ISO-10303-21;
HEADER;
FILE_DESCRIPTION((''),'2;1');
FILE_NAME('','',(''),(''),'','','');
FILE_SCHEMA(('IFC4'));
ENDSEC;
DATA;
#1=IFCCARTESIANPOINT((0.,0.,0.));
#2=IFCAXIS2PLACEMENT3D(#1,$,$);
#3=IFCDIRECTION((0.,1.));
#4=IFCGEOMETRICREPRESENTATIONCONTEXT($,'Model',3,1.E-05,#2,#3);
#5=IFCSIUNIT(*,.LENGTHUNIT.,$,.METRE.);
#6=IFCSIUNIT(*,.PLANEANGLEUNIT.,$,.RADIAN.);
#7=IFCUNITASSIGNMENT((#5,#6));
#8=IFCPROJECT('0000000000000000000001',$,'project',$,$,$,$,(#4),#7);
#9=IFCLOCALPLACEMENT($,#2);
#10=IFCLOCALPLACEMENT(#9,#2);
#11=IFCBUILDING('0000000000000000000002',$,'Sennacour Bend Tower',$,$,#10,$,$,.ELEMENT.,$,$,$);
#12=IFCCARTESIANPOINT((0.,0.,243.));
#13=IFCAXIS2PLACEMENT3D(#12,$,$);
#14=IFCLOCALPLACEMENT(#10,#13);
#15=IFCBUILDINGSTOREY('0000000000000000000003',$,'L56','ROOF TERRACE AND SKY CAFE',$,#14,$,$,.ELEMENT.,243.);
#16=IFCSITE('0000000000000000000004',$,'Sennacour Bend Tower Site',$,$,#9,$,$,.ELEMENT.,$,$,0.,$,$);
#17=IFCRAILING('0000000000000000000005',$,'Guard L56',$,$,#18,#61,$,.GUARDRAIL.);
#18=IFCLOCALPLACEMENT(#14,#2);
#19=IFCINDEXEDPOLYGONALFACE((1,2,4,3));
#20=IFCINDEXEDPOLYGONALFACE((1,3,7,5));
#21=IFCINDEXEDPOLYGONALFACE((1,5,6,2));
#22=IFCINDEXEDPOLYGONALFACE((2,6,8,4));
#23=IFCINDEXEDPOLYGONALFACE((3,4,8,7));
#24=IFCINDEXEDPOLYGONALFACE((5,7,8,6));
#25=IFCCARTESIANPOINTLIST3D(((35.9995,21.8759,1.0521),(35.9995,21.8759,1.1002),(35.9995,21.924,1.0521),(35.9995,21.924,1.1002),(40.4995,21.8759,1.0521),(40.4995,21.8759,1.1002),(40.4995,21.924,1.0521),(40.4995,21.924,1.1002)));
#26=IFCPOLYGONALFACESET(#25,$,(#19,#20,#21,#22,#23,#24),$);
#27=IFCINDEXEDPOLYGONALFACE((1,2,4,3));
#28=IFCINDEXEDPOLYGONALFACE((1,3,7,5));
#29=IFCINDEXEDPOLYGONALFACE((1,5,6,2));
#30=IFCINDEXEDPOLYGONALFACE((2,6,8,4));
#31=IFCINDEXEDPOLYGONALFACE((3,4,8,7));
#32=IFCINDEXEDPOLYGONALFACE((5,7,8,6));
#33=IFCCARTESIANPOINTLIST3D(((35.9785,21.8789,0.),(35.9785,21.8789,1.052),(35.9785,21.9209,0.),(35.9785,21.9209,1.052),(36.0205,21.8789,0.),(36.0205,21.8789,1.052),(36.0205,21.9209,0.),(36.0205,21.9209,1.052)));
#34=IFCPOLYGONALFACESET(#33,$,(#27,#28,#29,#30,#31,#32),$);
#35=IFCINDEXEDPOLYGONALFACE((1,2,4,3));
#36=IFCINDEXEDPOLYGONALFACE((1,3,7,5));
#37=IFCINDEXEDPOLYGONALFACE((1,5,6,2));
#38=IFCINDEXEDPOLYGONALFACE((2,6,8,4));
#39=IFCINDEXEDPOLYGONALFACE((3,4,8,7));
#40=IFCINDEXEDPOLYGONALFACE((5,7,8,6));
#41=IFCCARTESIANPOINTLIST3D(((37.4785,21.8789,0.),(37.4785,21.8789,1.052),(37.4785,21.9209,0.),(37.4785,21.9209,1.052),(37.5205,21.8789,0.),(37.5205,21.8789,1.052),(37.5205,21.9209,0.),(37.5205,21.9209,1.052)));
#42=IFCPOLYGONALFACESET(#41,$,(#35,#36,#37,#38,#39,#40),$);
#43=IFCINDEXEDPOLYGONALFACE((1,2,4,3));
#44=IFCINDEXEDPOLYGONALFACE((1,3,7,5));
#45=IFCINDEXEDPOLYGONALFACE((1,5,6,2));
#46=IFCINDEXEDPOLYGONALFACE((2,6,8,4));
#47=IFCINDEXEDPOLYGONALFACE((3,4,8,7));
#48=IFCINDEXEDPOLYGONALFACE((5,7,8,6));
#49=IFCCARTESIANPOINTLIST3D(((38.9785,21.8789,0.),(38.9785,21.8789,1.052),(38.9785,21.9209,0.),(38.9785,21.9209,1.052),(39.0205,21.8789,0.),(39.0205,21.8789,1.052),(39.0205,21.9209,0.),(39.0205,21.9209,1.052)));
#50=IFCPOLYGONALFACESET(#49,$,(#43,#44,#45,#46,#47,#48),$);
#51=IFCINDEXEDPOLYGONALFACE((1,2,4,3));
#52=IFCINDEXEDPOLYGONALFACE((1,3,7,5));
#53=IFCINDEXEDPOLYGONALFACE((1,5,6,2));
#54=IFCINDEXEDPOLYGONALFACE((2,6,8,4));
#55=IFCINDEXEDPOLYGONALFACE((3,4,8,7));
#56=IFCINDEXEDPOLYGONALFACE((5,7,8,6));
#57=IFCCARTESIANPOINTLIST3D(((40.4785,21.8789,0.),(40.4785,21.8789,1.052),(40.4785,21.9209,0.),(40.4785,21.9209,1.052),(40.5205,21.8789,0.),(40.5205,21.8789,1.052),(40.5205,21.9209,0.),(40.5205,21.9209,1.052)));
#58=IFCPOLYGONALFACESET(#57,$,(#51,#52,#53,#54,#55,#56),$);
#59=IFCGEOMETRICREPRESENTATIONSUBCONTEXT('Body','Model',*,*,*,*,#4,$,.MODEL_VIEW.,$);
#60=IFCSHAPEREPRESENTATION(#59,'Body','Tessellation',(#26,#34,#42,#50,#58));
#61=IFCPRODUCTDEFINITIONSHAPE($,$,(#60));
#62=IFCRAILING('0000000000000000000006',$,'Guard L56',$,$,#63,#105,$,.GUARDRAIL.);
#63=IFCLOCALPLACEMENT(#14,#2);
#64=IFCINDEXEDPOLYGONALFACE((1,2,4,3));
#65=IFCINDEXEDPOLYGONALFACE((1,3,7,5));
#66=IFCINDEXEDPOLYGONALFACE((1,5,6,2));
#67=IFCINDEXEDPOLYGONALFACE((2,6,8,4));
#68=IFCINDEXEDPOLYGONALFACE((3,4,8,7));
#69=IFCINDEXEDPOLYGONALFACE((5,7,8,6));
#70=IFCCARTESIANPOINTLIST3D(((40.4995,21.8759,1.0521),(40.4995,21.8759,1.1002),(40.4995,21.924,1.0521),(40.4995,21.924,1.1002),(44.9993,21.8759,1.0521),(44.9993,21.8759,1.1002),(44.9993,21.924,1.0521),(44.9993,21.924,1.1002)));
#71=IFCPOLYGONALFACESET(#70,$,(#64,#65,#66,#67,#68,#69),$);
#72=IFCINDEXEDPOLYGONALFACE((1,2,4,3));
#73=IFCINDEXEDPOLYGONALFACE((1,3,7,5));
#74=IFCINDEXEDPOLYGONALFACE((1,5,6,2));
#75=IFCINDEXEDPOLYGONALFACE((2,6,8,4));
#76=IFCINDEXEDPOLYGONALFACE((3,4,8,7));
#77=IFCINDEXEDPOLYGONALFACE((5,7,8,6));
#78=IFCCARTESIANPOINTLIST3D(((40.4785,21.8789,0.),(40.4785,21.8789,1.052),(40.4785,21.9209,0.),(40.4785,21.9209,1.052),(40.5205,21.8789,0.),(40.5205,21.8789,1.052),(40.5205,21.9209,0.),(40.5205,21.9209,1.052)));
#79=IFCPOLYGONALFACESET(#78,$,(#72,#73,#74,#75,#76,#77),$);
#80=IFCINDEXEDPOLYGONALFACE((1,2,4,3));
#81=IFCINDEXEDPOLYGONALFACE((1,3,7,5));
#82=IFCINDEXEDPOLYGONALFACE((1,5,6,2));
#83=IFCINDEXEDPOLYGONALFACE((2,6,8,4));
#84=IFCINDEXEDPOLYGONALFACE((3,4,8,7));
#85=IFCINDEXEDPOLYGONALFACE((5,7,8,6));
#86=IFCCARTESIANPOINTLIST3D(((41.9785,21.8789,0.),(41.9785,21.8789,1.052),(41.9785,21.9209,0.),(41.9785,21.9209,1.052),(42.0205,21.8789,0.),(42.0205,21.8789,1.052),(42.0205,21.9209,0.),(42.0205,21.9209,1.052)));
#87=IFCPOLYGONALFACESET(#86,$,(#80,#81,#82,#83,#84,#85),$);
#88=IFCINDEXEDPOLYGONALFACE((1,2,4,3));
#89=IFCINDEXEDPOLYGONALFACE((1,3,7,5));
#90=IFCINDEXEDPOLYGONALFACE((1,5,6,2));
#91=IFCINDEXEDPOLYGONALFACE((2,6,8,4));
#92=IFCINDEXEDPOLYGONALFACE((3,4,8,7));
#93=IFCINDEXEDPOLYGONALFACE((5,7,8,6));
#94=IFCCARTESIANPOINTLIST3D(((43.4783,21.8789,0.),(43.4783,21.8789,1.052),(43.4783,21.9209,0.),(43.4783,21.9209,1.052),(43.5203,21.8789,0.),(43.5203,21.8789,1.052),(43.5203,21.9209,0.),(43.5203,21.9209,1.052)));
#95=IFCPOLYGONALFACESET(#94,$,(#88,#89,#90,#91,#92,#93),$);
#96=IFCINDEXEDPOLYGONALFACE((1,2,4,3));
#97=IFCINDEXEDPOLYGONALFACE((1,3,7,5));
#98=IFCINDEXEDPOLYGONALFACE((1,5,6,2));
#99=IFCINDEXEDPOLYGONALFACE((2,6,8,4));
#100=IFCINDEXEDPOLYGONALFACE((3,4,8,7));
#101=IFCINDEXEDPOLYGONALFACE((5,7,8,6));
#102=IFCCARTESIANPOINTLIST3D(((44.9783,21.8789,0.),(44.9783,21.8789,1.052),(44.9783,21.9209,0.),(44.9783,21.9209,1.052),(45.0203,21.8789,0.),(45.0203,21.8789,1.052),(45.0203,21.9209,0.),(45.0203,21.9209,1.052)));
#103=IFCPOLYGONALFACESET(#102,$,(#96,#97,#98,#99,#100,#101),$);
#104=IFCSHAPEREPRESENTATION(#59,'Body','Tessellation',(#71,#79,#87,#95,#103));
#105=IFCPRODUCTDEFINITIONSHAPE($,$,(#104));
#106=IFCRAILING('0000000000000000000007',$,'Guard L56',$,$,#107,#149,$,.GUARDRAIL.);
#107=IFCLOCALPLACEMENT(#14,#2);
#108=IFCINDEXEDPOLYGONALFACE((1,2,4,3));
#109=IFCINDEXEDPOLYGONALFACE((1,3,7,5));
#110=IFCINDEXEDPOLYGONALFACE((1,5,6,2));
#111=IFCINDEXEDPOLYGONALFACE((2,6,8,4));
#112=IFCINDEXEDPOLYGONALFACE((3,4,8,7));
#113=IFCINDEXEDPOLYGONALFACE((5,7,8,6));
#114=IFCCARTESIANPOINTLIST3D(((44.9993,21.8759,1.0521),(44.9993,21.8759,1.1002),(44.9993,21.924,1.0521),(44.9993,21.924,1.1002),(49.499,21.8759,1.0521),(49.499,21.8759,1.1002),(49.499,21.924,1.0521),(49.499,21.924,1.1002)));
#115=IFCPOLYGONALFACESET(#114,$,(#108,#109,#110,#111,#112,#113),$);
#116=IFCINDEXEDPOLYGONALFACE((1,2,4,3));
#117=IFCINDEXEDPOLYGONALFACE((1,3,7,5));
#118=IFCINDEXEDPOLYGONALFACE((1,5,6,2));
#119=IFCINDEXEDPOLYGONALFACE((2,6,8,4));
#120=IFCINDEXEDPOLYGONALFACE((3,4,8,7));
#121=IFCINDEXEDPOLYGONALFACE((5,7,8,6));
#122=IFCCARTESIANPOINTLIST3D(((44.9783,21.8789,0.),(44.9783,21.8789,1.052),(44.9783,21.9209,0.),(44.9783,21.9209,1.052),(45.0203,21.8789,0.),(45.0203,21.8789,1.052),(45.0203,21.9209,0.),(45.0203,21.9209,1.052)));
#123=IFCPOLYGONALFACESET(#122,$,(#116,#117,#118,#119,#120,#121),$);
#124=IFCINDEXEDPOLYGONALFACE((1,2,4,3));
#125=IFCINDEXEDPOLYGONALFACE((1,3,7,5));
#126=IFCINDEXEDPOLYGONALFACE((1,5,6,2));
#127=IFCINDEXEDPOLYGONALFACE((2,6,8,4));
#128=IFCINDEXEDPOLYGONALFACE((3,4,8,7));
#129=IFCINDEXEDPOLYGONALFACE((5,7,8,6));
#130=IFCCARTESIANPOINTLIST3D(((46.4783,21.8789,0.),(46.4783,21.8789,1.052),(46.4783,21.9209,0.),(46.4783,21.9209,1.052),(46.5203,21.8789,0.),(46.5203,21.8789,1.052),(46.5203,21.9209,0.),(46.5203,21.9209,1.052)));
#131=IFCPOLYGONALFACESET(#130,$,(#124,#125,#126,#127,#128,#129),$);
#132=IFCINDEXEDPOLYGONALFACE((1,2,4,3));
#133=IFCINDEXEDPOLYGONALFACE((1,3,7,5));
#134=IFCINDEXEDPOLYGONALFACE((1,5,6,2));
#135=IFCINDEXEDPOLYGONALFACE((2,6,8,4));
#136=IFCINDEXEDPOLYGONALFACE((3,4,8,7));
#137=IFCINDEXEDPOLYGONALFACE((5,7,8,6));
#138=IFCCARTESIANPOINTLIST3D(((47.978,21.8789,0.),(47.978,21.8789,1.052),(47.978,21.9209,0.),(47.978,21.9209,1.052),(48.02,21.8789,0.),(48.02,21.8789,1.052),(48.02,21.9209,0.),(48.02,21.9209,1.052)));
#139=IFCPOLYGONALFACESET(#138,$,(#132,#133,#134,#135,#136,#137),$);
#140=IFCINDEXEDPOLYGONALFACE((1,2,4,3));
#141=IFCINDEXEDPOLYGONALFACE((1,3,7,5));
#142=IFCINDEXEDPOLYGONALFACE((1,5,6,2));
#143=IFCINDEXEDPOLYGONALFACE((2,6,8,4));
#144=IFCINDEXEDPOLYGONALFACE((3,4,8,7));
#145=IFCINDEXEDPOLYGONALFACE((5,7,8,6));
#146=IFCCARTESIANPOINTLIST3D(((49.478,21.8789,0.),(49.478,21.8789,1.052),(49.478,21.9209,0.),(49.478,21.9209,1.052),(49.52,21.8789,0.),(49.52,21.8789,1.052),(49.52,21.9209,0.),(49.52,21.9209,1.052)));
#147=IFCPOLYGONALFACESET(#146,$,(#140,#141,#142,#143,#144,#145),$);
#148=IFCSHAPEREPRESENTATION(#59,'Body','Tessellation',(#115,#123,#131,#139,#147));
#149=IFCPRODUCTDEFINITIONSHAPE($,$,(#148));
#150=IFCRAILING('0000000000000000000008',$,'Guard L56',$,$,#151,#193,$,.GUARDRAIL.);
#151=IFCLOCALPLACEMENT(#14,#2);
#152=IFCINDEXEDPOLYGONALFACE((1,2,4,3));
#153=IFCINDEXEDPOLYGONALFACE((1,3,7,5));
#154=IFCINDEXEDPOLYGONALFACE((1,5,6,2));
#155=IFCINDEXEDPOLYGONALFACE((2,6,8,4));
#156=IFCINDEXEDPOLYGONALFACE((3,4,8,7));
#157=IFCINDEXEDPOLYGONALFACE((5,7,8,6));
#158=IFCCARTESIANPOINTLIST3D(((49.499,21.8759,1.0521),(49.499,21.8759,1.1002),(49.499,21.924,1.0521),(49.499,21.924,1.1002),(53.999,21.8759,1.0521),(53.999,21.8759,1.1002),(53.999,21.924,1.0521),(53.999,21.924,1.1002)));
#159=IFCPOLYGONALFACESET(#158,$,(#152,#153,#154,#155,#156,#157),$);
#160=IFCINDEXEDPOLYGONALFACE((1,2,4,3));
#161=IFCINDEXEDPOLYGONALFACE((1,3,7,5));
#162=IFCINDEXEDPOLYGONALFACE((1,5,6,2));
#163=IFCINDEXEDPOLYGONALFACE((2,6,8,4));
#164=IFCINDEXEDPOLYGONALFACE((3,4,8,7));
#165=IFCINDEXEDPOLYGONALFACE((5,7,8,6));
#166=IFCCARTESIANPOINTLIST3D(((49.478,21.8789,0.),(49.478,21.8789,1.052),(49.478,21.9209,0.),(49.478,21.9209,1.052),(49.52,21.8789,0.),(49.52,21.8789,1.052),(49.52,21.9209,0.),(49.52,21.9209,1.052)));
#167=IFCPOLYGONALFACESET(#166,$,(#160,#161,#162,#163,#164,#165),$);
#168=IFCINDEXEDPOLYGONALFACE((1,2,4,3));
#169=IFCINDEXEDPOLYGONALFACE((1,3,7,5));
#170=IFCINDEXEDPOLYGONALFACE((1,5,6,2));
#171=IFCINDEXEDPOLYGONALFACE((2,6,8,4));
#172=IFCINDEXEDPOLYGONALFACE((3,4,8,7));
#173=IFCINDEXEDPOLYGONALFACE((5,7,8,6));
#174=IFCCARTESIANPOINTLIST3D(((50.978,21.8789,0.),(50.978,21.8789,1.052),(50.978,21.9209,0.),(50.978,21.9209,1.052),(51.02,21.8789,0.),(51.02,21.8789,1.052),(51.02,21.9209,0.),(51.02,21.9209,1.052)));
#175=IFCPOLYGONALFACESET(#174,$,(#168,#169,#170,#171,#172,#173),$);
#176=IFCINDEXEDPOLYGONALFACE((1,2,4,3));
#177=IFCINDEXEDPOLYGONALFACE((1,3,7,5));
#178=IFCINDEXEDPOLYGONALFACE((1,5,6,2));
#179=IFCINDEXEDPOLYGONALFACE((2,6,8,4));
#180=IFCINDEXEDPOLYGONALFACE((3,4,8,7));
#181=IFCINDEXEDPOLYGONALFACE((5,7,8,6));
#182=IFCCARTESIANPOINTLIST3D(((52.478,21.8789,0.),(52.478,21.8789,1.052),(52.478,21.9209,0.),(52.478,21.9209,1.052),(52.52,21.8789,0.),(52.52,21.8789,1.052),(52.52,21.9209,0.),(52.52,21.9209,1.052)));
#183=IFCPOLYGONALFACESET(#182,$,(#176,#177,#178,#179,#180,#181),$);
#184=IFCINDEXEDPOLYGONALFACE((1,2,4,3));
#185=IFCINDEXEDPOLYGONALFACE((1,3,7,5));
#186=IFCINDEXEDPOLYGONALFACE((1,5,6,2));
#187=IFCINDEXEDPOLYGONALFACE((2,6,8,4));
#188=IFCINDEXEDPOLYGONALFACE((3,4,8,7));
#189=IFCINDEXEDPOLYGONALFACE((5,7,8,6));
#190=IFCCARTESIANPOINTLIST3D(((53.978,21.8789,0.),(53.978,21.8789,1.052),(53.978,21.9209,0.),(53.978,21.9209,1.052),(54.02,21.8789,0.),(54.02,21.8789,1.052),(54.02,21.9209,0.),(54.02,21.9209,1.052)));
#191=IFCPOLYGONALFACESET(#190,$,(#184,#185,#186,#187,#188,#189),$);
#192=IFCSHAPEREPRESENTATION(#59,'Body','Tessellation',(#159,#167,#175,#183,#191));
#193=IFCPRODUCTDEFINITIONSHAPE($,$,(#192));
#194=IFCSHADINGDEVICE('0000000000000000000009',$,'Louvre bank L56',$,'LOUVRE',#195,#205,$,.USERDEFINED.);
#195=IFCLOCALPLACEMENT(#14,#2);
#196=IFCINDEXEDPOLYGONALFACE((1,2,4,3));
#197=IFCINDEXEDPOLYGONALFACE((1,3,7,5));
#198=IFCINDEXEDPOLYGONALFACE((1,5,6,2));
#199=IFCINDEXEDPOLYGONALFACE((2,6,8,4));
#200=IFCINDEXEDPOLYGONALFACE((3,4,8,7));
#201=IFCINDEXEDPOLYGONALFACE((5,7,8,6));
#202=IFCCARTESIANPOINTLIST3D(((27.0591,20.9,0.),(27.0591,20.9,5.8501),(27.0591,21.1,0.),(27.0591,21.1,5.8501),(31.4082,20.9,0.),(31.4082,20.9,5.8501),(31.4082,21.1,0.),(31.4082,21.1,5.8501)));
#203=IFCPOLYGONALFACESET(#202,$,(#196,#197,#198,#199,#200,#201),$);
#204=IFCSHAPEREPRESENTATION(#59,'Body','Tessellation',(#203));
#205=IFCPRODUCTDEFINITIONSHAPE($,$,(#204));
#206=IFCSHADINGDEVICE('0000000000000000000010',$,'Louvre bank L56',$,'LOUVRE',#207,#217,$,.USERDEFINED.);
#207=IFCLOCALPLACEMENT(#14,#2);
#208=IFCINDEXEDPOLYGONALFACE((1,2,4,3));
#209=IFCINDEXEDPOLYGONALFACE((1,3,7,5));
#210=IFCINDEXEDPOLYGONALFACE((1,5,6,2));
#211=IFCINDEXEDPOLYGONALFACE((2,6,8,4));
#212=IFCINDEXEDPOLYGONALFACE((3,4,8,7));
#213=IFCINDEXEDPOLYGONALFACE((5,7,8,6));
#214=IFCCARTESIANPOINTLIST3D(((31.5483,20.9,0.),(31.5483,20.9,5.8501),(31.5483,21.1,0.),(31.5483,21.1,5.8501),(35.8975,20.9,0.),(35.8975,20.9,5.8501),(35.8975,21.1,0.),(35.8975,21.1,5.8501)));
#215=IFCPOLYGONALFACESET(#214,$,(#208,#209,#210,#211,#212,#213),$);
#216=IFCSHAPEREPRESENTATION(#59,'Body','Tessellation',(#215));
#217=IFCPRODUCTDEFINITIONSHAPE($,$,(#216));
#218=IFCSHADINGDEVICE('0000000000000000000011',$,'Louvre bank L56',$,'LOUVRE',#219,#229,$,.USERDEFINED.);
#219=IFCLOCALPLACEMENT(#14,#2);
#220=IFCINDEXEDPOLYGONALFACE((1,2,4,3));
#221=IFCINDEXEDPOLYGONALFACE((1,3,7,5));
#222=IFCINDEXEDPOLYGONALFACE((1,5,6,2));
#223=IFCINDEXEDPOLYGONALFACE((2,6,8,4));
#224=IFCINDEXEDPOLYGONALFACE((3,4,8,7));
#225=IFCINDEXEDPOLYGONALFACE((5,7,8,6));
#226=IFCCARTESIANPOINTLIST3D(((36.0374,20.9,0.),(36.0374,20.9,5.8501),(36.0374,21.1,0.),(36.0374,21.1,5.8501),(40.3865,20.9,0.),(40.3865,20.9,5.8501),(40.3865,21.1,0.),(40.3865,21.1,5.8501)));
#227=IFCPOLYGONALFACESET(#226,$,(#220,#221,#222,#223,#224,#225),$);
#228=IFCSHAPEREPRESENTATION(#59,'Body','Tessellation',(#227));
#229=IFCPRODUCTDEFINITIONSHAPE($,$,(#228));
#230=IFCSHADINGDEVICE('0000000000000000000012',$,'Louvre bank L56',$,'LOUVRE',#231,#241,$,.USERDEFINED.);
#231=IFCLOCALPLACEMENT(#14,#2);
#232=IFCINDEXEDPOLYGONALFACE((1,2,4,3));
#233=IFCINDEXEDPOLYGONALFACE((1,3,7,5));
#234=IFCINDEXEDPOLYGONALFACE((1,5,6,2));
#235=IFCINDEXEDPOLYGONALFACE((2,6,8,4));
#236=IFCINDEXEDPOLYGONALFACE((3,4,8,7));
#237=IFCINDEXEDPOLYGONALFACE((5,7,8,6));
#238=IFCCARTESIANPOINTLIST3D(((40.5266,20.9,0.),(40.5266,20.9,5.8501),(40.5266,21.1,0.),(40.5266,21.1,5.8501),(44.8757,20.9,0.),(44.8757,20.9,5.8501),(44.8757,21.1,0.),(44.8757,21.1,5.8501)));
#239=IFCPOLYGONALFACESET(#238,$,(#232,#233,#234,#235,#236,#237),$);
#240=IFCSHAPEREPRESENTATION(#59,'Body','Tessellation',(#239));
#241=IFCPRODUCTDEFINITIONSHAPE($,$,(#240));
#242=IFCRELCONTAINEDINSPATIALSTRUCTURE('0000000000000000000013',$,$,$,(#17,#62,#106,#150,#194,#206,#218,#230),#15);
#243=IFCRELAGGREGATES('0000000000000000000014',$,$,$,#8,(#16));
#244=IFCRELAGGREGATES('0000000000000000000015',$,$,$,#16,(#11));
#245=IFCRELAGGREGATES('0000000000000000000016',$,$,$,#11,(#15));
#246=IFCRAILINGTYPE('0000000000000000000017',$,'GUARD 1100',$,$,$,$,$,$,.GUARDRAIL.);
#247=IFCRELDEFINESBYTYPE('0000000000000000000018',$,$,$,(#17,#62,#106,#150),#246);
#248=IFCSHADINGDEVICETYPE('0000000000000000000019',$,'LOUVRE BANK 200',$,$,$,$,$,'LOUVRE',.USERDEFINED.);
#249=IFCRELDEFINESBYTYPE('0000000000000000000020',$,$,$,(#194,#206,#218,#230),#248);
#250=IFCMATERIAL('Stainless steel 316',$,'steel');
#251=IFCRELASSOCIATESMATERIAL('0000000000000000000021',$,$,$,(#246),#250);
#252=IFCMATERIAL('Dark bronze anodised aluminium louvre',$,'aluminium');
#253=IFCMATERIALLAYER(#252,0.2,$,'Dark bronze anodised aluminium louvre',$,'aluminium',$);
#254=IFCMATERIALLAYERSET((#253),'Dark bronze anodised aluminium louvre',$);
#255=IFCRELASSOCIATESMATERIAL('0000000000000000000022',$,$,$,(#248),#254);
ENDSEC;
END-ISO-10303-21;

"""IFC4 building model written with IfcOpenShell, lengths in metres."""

from ifc_helpers import new_model, si_unit, direction, frame, origin, origin_2d, place, context, subcontext, project, spatial, rectangle, extrude, material, layer, layer_set, type_object, element, save


model = new_model("IFC4")

# Units and contexts
model_context = context("Model", 3, precision=1e-05, world=origin(), true_north=direction((0.0, 1.0)))
body_context = subcontext(model_context, "Body", "Model", "MODEL_VIEW")
ifc_project = project(units=[si_unit("LENGTHUNIT", "METRE"), si_unit("PLANEANGLEUNIT", "RADIAN")], contexts=[model_context])

# Site, building, storey
site_placement = place(None, origin())
site = spatial("IfcSite", under=ifc_project, at=site_placement, Name="Sennacour Bend Tower Site", CompositionType="ELEMENT", RefElevation=0.0)
building_placement = place(site_placement, origin())
building = spatial("IfcBuilding", under=site, at=building_placement, Name="Sennacour Bend Tower", CompositionType="ELEMENT")
storey_placement = place(building_placement, frame((0.0, 0.0, 243.0)))
storey = spatial("IfcBuildingStorey", under=building, at=storey_placement, Name="L56", Description="ROOF TERRACE AND SKY CAFE", CompositionType="ELEMENT", Elevation=243.0)

# Railings
ifc_material_1 = material(Name="Stainless steel 316", Category="steel")
railing_type = type_object("IfcRailingType", Name="GUARD 1100", PredefinedType="GUARDRAIL", material=ifc_material_1)
railing_1_placement = place(storey_placement, frame((35.9995, 21.8999, 0.0)))
element("IfcRailing", 1, at=railing_1_placement, inside=storey, type_object=railing_type, Name="Guard L56", PredefinedType="GUARDRAIL", context=body_context, shape_type="SweptSolid", body=[
    extrude(rectangle(XDim=0.0481, YDim=0.0481, at=origin_2d()), frame((0.0, 0.0, 1.0762), z_axis=(1.0, 0.0, 0.0), x_axis=(0.0, 1.0, 0.0)), (0.0, 0.0, 1.0), 4.5),
    extrude(rectangle(XDim=0.042, YDim=0.042, at=origin_2d()), origin(), (0.0, 0.0, 1.0), 1.052),
    extrude(rectangle(XDim=0.042, YDim=0.042, at=origin_2d()), frame((1.5, 0.0, 0.0)), (0.0, 0.0, 1.0), 1.052),
    extrude(rectangle(XDim=0.042, YDim=0.042, at=origin_2d()), frame((3.0, 0.0, 0.0)), (0.0, 0.0, 1.0), 1.052),
    extrude(rectangle(XDim=0.042, YDim=0.042, at=origin_2d()), frame((4.5, 0.0, 0.0)), (0.0, 0.0, 1.0), 1.052),
])
for number, where, name in (
    (2, (40.4995, 21.8999, 0.0), "Guard L56"),
    (3, (44.9993, 21.8999, 0.0), "Guard L56"),
):
    element("IfcRailing", number, at=place(storey_placement, frame(where)), inside=storey, type_object=railing_type, Name=name, PredefinedType="GUARDRAIL", context=body_context, shape_type="SweptSolid", body=[
        extrude(rectangle(XDim=0.0481, YDim=0.0481, at=origin_2d()), frame((0.0, 0.0, 1.0762), z_axis=(1.0, 0.0, 0.0), x_axis=(0.0, 1.0, 0.0)), (0.0, 0.0, 1.0), 4.4998),
        extrude(rectangle(XDim=0.042, YDim=0.042, at=origin_2d()), origin(), (0.0, 0.0, 1.0), 1.052),
        extrude(rectangle(XDim=0.042, YDim=0.042, at=origin_2d()), frame((1.5, 0.0, 0.0)), (0.0, 0.0, 1.0), 1.052),
        extrude(rectangle(XDim=0.042, YDim=0.042, at=origin_2d()), frame((2.9998, 0.0, 0.0)), (0.0, 0.0, 1.0), 1.052),
        extrude(rectangle(XDim=0.042, YDim=0.042, at=origin_2d()), frame((4.4998, 0.0, 0.0)), (0.0, 0.0, 1.0), 1.052),
    ])
railing_2_placement = place(storey_placement, frame((49.499, 21.8999, 0.0)))
element("IfcRailing", 4, at=railing_2_placement, inside=storey, type_object=railing_type, Name="Guard L56", PredefinedType="GUARDRAIL", context=body_context, shape_type="SweptSolid", body=[
    extrude(rectangle(XDim=0.0481, YDim=0.0481, at=origin_2d()), frame((0.0, 0.0, 1.0762), z_axis=(1.0, 0.0, 0.0), x_axis=(0.0, 1.0, 0.0)), (0.0, 0.0, 1.0), 4.5),
    extrude(rectangle(XDim=0.042, YDim=0.042, at=origin_2d()), origin(), (0.0, 0.0, 1.0), 1.052),
    extrude(rectangle(XDim=0.042, YDim=0.042, at=origin_2d()), frame((1.5, 0.0, 0.0)), (0.0, 0.0, 1.0), 1.052),
    extrude(rectangle(XDim=0.042, YDim=0.042, at=origin_2d()), frame((3.0, 0.0, 0.0)), (0.0, 0.0, 1.0), 1.052),
    extrude(rectangle(XDim=0.042, YDim=0.042, at=origin_2d()), frame((4.5, 0.0, 0.0)), (0.0, 0.0, 1.0), 1.052),
])

# Shading devices
ifc_material_2 = material(Name="Dark bronze anodised aluminium louvre", Category="aluminium")
ifc_layer_1 = layer(ifc_material_2, 0.2, Name="Dark bronze anodised aluminium louvre", Category="aluminium")
ifc_layer_set_1 = layer_set([ifc_layer_1], Name="Dark bronze anodised aluminium louvre")
shading_device_type_1 = type_object("IfcShadingDeviceType", Name="LOUVRE BANK 200", ElementType="LOUVRE", PredefinedType="USERDEFINED", material=ifc_layer_set_1)
for number, where, z_axis, x_axis, name in (
    (5, (29.2336, 21.0, 0.0), (0.0, 0.0, 1.0), (1.0, 0.0, 0.0), "Louvre bank L56"),
    (6, (33.7229, 21.0, 0.0), (0.0, 0.0, 1.0), (1.0, 0.0, 0.0), "Louvre bank L56"),
    (7, (38.2119, 21.0, 0.0), (0.0, 0.0, 1.0), (1.0, 0.0, 0.0), "Louvre bank L56"),
    (8, (42.7012, 21.0, 0.0), (0.0, 0.0, 1.0), (1.0, 0.0, 0.0), "Louvre bank L56"),
):
    element("IfcShadingDevice", number, at=place(storey_placement, frame(where, z_axis=z_axis, x_axis=x_axis)), inside=storey, type_object=shading_device_type_1, Name=name, ObjectType="LOUVRE", PredefinedType="USERDEFINED", context=body_context, shape_type="SweptSolid", body=[
        extrude(rectangle(XDim=4.3491, YDim=0.2, at=origin_2d()), origin(), (0.0, 0.0, 1.0), 5.8501),
    ])

save(model, "model.ifc")
